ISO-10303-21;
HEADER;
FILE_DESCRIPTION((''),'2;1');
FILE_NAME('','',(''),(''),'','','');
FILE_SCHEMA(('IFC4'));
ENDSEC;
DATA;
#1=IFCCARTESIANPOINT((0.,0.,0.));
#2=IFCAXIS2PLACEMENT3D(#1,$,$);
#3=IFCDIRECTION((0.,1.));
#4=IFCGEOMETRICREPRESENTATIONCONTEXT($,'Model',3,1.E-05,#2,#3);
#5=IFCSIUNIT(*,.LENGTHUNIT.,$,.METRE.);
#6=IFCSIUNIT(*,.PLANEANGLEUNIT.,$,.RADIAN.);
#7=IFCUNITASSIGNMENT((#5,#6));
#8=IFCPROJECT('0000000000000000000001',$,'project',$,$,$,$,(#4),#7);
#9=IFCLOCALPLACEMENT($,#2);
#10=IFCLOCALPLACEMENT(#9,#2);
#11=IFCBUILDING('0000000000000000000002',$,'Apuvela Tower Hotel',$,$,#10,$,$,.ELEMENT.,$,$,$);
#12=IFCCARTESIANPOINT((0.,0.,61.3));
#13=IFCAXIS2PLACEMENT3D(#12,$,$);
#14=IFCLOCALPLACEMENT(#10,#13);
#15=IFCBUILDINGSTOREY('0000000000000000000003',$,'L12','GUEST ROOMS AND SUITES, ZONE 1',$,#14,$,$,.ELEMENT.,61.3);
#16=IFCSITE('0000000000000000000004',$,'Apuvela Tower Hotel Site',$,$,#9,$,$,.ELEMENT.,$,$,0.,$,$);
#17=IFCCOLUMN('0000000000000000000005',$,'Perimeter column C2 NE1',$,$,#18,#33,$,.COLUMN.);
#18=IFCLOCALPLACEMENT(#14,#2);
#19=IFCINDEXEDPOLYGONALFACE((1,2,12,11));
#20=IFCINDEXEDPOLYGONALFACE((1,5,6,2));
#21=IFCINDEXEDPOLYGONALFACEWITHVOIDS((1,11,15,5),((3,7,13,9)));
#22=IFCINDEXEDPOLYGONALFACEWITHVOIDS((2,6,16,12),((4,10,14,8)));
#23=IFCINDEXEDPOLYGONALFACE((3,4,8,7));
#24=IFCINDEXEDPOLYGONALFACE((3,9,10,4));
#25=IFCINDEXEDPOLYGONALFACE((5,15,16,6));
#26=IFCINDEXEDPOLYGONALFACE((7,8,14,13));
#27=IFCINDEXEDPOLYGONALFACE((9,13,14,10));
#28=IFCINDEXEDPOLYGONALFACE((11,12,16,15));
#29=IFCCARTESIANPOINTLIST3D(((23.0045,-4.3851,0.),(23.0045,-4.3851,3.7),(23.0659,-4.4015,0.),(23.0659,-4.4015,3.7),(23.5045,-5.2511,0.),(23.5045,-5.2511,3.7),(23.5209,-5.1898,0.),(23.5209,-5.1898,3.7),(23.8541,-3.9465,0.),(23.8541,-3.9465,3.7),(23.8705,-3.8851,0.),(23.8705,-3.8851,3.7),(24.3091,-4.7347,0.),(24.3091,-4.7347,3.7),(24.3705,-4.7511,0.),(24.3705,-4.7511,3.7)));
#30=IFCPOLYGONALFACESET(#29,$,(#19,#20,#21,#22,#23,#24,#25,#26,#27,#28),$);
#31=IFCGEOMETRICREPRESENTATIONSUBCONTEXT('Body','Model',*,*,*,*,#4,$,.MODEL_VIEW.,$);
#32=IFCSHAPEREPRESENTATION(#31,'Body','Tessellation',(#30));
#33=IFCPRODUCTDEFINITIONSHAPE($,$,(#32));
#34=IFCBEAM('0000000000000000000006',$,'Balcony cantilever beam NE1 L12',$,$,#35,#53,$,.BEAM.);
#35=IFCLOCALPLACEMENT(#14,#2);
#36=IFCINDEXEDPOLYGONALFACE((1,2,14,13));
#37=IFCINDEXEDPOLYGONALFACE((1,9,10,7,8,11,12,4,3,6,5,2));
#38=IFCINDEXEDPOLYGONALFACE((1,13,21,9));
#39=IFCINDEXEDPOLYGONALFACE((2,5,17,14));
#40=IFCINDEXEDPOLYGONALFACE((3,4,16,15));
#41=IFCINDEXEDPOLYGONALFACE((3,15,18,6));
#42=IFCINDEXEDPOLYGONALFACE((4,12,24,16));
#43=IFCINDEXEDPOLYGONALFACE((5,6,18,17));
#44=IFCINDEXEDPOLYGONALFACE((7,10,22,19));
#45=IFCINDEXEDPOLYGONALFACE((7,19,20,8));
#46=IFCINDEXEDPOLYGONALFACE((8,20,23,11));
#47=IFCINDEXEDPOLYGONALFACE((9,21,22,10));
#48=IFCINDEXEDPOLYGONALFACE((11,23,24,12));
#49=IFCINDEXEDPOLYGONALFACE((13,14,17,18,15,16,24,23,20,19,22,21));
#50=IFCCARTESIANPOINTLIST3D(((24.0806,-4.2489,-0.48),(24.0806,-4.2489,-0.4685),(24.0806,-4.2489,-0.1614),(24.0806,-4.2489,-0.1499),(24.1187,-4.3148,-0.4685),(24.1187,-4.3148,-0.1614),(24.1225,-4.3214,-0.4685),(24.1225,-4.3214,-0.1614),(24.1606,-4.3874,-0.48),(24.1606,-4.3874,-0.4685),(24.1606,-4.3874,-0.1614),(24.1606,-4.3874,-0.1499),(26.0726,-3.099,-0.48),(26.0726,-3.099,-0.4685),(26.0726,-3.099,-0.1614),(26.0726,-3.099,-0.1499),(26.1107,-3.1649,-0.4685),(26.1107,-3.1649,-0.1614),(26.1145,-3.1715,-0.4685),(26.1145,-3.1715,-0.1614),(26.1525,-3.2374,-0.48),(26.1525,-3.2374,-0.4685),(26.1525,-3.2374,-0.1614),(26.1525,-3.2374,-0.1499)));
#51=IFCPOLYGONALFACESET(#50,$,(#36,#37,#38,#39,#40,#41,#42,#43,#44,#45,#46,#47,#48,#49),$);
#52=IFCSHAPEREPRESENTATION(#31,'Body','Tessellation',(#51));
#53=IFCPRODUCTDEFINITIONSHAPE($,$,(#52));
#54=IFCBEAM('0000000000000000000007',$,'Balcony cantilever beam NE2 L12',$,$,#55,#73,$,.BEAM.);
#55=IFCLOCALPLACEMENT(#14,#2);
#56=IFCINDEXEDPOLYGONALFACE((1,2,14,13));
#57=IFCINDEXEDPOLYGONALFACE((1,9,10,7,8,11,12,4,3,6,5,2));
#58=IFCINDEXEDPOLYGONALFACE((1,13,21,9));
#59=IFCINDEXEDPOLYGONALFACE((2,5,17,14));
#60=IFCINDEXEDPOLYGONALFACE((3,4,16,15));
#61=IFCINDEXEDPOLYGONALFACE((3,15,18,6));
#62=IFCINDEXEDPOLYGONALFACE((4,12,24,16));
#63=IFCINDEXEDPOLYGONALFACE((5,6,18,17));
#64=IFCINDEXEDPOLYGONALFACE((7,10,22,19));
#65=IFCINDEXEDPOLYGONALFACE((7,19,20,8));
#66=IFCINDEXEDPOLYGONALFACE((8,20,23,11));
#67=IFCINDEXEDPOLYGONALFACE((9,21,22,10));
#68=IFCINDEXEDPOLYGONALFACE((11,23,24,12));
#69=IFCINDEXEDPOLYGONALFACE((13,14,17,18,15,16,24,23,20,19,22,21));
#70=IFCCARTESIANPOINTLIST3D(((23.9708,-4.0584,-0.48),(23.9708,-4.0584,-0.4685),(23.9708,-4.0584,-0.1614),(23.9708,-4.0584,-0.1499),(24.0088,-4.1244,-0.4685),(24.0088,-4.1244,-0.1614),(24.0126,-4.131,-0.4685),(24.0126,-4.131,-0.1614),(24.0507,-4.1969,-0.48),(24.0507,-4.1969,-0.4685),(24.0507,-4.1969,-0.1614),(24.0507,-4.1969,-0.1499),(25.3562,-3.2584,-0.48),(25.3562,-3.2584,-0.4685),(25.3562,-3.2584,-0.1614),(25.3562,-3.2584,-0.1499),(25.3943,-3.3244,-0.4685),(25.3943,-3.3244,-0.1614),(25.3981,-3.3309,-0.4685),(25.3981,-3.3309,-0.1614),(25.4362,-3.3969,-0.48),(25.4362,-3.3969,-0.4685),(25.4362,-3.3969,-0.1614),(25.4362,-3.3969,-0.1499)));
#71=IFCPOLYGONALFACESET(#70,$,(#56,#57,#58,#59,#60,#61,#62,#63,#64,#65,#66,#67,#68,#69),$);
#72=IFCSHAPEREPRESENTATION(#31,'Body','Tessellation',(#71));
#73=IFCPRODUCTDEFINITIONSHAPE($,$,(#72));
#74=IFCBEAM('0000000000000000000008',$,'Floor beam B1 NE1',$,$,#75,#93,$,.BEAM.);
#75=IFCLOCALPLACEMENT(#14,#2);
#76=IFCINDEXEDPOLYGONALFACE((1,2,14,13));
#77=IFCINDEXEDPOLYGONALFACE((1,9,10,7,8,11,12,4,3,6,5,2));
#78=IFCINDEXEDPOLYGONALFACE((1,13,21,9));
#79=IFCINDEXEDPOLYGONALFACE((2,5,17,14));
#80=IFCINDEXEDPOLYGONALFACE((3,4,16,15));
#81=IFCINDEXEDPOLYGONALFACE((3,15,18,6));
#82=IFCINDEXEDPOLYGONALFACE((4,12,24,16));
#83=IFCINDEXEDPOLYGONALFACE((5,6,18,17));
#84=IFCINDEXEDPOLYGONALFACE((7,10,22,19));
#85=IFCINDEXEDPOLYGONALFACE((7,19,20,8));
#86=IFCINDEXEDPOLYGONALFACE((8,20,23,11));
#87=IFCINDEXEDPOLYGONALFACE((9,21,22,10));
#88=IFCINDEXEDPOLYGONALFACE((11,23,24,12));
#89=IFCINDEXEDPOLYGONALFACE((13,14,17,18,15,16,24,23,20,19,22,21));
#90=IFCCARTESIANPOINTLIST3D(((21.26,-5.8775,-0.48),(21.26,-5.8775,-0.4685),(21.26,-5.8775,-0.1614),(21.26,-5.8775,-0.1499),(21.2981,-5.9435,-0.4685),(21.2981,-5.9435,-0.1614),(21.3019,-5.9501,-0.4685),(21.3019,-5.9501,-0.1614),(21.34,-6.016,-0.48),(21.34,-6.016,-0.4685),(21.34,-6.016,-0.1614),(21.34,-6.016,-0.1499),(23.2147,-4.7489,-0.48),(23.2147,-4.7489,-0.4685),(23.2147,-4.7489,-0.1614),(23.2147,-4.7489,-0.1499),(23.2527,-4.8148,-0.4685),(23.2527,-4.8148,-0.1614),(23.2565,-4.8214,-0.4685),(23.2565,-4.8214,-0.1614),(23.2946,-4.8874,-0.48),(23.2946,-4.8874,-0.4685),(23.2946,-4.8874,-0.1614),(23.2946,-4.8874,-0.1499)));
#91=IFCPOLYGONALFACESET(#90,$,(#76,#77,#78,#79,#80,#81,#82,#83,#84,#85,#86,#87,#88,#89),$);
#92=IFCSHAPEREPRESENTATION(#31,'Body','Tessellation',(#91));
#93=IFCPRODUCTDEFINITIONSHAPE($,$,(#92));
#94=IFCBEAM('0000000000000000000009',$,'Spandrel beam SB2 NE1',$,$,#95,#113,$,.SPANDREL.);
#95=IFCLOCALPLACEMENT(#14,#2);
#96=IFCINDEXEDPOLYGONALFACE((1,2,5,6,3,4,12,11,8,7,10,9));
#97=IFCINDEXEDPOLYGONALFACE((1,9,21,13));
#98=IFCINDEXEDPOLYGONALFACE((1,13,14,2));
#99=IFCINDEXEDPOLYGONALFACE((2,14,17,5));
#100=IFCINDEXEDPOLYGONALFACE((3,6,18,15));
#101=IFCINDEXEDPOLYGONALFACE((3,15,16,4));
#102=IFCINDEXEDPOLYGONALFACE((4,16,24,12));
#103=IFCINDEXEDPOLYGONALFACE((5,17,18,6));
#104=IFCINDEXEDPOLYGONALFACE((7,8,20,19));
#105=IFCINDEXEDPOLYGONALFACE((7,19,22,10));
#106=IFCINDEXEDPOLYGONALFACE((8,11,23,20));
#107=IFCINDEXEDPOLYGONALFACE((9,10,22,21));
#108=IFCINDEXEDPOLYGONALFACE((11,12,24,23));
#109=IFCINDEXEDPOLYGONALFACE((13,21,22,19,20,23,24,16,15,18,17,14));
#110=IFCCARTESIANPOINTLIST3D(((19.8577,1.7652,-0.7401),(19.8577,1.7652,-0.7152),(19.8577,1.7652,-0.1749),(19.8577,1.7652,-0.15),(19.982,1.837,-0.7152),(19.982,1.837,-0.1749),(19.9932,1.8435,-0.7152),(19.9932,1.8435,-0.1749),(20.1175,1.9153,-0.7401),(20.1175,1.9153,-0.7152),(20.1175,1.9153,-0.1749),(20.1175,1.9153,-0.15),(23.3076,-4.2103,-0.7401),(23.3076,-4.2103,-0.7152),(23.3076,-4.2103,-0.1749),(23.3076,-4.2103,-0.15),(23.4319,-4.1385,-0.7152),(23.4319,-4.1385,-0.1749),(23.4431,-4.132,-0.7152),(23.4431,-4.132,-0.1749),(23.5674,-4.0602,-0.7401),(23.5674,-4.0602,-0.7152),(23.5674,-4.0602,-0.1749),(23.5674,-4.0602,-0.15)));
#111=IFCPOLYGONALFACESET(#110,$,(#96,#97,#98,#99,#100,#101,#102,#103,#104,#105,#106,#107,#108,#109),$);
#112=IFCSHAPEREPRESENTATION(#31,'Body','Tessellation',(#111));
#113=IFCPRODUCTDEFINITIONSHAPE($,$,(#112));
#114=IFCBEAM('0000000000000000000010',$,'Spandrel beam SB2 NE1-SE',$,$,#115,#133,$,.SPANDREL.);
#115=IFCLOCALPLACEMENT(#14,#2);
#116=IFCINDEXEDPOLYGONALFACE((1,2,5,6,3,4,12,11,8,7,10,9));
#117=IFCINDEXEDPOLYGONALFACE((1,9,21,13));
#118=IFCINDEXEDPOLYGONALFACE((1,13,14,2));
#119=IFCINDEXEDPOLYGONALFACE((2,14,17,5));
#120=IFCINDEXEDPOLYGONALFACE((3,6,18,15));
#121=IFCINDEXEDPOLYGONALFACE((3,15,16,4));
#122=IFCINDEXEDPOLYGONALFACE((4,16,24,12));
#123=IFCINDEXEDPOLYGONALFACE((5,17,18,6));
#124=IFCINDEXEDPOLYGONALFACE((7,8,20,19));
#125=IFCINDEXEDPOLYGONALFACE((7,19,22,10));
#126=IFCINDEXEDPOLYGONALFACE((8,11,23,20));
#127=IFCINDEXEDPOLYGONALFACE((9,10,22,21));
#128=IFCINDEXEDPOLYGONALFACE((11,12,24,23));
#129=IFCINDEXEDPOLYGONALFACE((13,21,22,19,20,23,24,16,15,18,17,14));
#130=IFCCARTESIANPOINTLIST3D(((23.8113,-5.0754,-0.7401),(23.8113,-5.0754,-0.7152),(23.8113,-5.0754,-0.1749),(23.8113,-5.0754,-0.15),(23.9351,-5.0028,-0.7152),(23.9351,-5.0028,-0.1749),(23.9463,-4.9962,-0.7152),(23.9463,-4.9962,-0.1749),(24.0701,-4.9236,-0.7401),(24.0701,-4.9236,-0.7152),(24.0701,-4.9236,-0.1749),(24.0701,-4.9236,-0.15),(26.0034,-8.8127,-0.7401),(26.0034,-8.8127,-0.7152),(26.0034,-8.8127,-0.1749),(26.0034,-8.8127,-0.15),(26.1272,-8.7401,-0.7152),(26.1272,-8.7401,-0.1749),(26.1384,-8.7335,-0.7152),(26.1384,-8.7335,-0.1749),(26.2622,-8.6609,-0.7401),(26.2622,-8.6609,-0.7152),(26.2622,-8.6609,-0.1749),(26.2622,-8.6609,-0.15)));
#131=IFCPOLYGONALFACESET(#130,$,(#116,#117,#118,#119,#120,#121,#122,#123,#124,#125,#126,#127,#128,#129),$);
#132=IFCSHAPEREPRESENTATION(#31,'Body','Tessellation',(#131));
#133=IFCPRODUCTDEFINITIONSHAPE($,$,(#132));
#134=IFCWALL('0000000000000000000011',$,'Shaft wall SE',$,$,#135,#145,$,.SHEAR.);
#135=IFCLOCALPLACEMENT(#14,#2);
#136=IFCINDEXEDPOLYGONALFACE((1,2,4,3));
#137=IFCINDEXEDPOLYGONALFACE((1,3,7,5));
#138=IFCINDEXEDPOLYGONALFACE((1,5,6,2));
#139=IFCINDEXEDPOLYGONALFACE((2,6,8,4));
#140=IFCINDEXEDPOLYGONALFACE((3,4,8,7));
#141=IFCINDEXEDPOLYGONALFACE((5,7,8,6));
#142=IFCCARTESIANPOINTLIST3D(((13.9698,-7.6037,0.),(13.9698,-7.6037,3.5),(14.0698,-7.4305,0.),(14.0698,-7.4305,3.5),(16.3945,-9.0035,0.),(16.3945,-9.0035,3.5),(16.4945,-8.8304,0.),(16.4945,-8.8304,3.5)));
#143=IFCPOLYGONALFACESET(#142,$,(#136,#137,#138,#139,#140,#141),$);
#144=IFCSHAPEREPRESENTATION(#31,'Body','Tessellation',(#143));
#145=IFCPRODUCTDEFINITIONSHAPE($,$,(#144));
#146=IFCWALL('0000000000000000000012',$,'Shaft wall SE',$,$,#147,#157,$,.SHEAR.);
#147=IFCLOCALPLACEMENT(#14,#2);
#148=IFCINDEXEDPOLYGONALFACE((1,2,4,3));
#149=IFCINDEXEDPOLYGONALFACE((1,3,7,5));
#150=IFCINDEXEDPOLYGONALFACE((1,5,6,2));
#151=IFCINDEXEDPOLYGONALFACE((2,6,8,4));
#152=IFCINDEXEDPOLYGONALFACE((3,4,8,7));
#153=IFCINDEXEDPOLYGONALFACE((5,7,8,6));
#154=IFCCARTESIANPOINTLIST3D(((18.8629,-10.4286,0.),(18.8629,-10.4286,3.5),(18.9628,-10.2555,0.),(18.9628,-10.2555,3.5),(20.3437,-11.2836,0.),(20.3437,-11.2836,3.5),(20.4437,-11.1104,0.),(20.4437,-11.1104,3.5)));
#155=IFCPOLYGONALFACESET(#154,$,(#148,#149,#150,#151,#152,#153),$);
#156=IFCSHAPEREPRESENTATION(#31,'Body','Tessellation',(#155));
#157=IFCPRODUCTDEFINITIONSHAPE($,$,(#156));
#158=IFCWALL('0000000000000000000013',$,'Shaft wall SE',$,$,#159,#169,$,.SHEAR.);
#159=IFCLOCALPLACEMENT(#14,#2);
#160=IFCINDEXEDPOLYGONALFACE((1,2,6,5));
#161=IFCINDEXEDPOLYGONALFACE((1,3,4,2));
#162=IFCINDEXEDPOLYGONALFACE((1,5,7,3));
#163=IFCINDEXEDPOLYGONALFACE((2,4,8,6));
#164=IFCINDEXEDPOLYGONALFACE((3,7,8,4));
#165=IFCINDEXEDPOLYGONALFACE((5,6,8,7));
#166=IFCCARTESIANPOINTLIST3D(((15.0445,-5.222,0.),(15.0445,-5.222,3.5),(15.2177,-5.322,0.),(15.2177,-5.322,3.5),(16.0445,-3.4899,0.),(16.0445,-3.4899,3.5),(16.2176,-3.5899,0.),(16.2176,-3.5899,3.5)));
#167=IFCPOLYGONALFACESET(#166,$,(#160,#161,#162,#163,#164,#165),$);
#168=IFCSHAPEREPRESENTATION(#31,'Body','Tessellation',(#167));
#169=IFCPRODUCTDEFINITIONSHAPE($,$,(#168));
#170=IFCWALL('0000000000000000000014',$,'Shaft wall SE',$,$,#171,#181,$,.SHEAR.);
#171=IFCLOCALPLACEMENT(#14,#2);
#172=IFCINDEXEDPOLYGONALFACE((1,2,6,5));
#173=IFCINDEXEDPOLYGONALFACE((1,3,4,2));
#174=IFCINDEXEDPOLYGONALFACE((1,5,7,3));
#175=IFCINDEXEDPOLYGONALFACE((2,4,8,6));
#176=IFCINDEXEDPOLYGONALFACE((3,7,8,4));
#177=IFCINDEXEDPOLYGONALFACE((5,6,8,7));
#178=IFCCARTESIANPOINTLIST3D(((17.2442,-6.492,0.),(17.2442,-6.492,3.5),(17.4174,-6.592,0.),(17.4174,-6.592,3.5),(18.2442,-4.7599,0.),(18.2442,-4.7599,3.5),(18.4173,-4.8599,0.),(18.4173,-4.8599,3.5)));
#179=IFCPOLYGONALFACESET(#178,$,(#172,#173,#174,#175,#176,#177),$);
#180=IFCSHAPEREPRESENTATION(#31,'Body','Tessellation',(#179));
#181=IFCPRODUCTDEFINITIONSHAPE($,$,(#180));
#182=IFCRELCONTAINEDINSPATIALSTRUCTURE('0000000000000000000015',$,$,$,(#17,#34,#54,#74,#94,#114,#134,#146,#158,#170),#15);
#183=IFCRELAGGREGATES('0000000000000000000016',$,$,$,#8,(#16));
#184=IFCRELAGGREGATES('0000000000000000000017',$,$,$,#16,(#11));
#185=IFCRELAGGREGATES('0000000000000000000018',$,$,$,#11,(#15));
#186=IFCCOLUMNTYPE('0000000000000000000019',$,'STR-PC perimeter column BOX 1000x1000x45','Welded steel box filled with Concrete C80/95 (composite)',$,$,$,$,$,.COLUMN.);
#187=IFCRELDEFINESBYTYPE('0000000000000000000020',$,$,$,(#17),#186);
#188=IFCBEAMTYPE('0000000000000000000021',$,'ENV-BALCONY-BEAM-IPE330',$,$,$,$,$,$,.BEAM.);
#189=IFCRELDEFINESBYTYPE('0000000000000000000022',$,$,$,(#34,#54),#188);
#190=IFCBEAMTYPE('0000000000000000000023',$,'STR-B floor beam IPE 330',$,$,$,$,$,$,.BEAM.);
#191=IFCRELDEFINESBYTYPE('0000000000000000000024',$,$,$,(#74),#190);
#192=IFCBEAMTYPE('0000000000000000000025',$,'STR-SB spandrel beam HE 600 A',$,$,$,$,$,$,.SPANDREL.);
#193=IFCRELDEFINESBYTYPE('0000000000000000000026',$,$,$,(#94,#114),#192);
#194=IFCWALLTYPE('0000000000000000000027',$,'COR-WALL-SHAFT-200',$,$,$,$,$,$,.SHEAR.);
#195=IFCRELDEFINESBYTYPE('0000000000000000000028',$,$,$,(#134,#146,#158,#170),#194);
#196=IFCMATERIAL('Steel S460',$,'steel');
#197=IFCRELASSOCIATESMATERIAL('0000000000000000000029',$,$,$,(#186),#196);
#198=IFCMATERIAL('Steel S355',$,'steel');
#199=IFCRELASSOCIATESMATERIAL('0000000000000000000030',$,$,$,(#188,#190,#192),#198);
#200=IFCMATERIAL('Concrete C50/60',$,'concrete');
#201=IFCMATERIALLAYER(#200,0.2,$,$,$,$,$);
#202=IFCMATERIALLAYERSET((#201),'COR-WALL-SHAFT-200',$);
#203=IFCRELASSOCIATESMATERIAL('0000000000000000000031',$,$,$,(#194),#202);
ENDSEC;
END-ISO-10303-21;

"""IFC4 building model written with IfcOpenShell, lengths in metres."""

from ifc_helpers import new_model, si_unit, direction, frame, frame_2d, origin, origin_2d, place, context, subcontext, project, spatial, rectangle, hollow_rectangle, i_section, extrude, material, layer, layer_set, material_profile, profile_set, type_object, element, save


model = new_model("IFC4")

# Units and contexts
model_context = context("Model", 3, precision=1e-05, world=origin(), true_north=direction((0.0, 1.0)))
body_context = subcontext(model_context, "Body", "Model", "MODEL_VIEW")
ifc_project = project(units=[si_unit("LENGTHUNIT", "METRE"), si_unit("PLANEANGLEUNIT", "RADIAN")], contexts=[model_context])

# Site, building, storey
site_placement = place(None, origin())
site = spatial("IfcSite", under=ifc_project, at=site_placement, Name="Apuvela Tower Hotel Site", CompositionType="ELEMENT", RefElevation=0.0)
building_placement = place(site_placement, origin())
building = spatial("IfcBuilding", under=site, at=building_placement, Name="Apuvela Tower Hotel", CompositionType="ELEMENT")
storey_placement = place(building_placement, frame((0.0, 0.0, 61.3)))
storey = spatial("IfcBuildingStorey", under=building, at=storey_placement, Name="L12", Description="GUEST ROOMS AND SUITES, ZONE 1", CompositionType="ELEMENT", Elevation=61.3)

# Column
ifc_material_1 = material(Name="Steel S460", Category="steel")
ifc_material_profile_1 = material_profile(ifc_material_1, hollow_rectangle(XDim=1.0, YDim=1.0, WallThickness=0.0449, at=origin_2d()), Name="BOX 1000x1000x45")
ifc_material_2 = material(Name="Concrete C80/95", Category="concrete")
ifc_material_profile_2 = material_profile(ifc_material_2, rectangle(XDim=0.9099, YDim=0.9099, at=origin_2d()), Name="Concrete C80/95 infill")
ifc_profile_set_1 = profile_set([ifc_material_profile_1, ifc_material_profile_2], Name="Steel S460")
column_type = type_object("IfcColumnType", Name="STR-PC perimeter column BOX 1000x1000x45", Description="Welded steel box filled with Concrete C80/95 (composite)", PredefinedType="COLUMN", material=ifc_profile_set_1)
column_placement = place(storey_placement, frame((23.6875, -4.5681, 0.0), z_axis=(0.0, 0.0, 1.0), x_axis=(-0.5, 0.866025, 0.0)))
element("IfcColumn", 1, at=column_placement, inside=storey, type_object=column_type, Name="Perimeter column C2 NE1", PredefinedType="COLUMN", context=body_context, shape_type="SweptSolid", body=[
    extrude(hollow_rectangle(XDim=1.0, YDim=1.0, WallThickness=0.0449, at=origin_2d()), origin(), (0.0, 0.0, 1.0), 3.7),
])

# Beams
ifc_material_3 = material(Name="Steel S355", Category="steel")
ifc_material_profile_3 = material_profile(ifc_material_3, i_section(OverallWidth=0.1599, OverallDepth=0.3301, WebThickness=0.0076, FlangeThickness=0.0115, at=origin_2d()), Name="IPE 330")
ifc_profile_set_2 = profile_set([ifc_material_profile_3], Name="Steel S355")
beam_type_1 = type_object("IfcBeamType", Name="ENV-BALCONY-BEAM-IPE330", PredefinedType="BEAM", material=ifc_profile_set_2)
beam_1_placement = place(storey_placement, frame((24.1206, -4.3181, -0.3149), z_axis=(0.866053, 0.499952, 0.0), x_axis=(-0.499952, 0.866053, 0.0)))
element("IfcBeam", 2, at=beam_1_placement, inside=storey, type_object=beam_type_1, Name="Balcony cantilever beam NE1 L12", PredefinedType="BEAM", context=body_context, shape_type="SweptSolid", body=[
    extrude(i_section(OverallWidth=0.1599, OverallDepth=0.3301, WebThickness=0.0076, FlangeThickness=0.0115, at=origin_2d()), origin(), (0.0, 0.0, 1.0), 2.3),
])
beam_2_placement = place(storey_placement, frame((24.0107, -4.1277, -0.3149), z_axis=(0.86599, 0.500061, 0.0), x_axis=(-0.500061, 0.86599, 0.0)))
element("IfcBeam", 3, at=beam_2_placement, inside=storey, type_object=beam_type_1, Name="Balcony cantilever beam NE2 L12", PredefinedType="BEAM", context=body_context, shape_type="SweptSolid", body=[
    extrude(i_section(OverallWidth=0.1599, OverallDepth=0.3301, WebThickness=0.0076, FlangeThickness=0.0115, at=origin_2d()), origin(), (0.0, 0.0, 1.0), 1.5999),
])
ifc_material_profile_4 = material_profile(ifc_material_3, i_section(OverallWidth=0.1599, OverallDepth=0.3301, WebThickness=0.0076, FlangeThickness=0.0115, at=origin_2d()), Name="IPE 330")
ifc_profile_set_3 = profile_set([ifc_material_profile_4], Name="Steel S355")
beam_type_2 = type_object("IfcBeamType", Name="STR-B floor beam IPE 330", PredefinedType="BEAM", material=ifc_profile_set_3)
beam_3_placement = place(storey_placement, frame((23.2546, -4.8181, -0.3149), z_axis=(-0.865991, -0.50006, 0.0), x_axis=(0.50006, -0.865991, 0.0)))
element("IfcBeam", 4, at=beam_3_placement, inside=storey, type_object=beam_type_2, Name="Floor beam B1 NE1", PredefinedType="BEAM", context=body_context, shape_type="SweptSolid", body=[
    extrude(i_section(OverallWidth=0.1599, OverallDepth=0.3301, WebThickness=0.0076, FlangeThickness=0.0115, at=origin_2d()), origin(), (0.0, 0.0, 1.0), 2.2571),
])
ifc_material_profile_5 = material_profile(ifc_material_3, i_section(OverallWidth=0.3, OverallDepth=0.5901, WebThickness=0.0129, FlangeThickness=0.0249, at=origin_2d()), Name="HE 600 A")
ifc_profile_set_4 = profile_set([ifc_material_profile_5], Name="Steel S355")
beam_type_3 = type_object("IfcBeamType", Name="STR-SB spandrel beam HE 600 A", PredefinedType="SPANDREL", material=ifc_profile_set_4)
beam_4_placement = place(storey_placement, frame((23.4375, -4.1353, -0.4451), z_axis=(-0.499994, 0.866029, 0.0), x_axis=(-0.866029, -0.499994, 0.0)))
element("IfcBeam", 5, at=beam_4_placement, inside=storey, type_object=beam_type_3, Name="Spandrel beam SB2 NE1", PredefinedType="SPANDREL", context=body_context, shape_type="SweptSolid", body=[
    extrude(i_section(OverallWidth=0.3, OverallDepth=0.5901, WebThickness=0.0129, FlangeThickness=0.0249, at=origin_2d()), origin(), (0.0, 0.0, 1.0), 6.8999),
])
beam_5_placement = place(storey_placement, frame((23.9407, -4.9995, -0.4451), z_axis=(0.505944, -0.862567, 0.0), x_axis=(0.862567, 0.505944, 0.0)))
element("IfcBeam", 6, at=beam_5_placement, inside=storey, type_object=beam_type_3, Name="Spandrel beam SB2 NE1-SE", PredefinedType="SPANDREL", context=body_context, shape_type="SweptSolid", body=[
    extrude(i_section(OverallWidth=0.3, OverallDepth=0.5901, WebThickness=0.0129, FlangeThickness=0.0249, at=origin_2d()), origin(), (0.0, 0.0, 1.0), 4.3328),
])

# Walls
ifc_material_4 = material(Name="Concrete C50/60", Category="concrete")
ifc_layer_1 = layer(ifc_material_4, 0.2)
ifc_layer_set_1 = layer_set([ifc_layer_1], Name="COR-WALL-SHAFT-200")
wall_type_1 = type_object("IfcWallType", Name="COR-WALL-SHAFT-200", PredefinedType="SHEAR", material=ifc_layer_set_1)
wall_1_placement = place(storey_placement, frame((14.0198, -7.5171, 0.0), z_axis=(0.0, 0.0, 1.0), x_axis=(0.866035, -0.499984, 0.0)))
element("IfcWall", 7, at=wall_1_placement, inside=storey, type_object=wall_type_1, Name="Shaft wall SE", PredefinedType="SHEAR", context=body_context, shape_type="SweptSolid", body=[
    extrude(rectangle(XDim=2.7998, YDim=0.2, at=frame_2d((1.3999, 0.0))), origin(), (0.0, 0.0, 1.0), 3.5),
])
wall_2_placement = place(storey_placement, frame((18.9128, -10.342, 0.0), z_axis=(0.0, 0.0, 1.0), x_axis=(0.866038, -0.499978, 0.0)))
element("IfcWall", 8, at=wall_2_placement, inside=storey, type_object=wall_type_1, Name="Shaft wall SE", PredefinedType="SHEAR", context=body_context, shape_type="SweptSolid", body=[
    extrude(rectangle(XDim=1.71, YDim=0.2, at=frame_2d((0.855, 0.0))), origin(), (0.0, 0.0, 1.0), 3.5),
])
for number, where, z_axis, x_axis, name in (
    (9, (15.1311, -5.272, 0.0), (0.0, 0.0, 1.0), (0.499973, 0.866041, 0.0), "Shaft wall SE"),
    (10, (17.3308, -6.542, 0.0), (0.0, 0.0, 1.0), (0.499973, 0.866041, 0.0), "Shaft wall SE"),
):
    element("IfcWall", number, at=place(storey_placement, frame(where, z_axis=z_axis, x_axis=x_axis)), inside=storey, type_object=wall_type_1, Name=name, PredefinedType="SHEAR", context=body_context, shape_type="SweptSolid", body=[
        extrude(rectangle(XDim=2.0, YDim=0.2, at=frame_2d((1.0, 0.0))), origin(), (0.0, 0.0, 1.0), 3.5),
    ])

save(model, "model.ifc")
